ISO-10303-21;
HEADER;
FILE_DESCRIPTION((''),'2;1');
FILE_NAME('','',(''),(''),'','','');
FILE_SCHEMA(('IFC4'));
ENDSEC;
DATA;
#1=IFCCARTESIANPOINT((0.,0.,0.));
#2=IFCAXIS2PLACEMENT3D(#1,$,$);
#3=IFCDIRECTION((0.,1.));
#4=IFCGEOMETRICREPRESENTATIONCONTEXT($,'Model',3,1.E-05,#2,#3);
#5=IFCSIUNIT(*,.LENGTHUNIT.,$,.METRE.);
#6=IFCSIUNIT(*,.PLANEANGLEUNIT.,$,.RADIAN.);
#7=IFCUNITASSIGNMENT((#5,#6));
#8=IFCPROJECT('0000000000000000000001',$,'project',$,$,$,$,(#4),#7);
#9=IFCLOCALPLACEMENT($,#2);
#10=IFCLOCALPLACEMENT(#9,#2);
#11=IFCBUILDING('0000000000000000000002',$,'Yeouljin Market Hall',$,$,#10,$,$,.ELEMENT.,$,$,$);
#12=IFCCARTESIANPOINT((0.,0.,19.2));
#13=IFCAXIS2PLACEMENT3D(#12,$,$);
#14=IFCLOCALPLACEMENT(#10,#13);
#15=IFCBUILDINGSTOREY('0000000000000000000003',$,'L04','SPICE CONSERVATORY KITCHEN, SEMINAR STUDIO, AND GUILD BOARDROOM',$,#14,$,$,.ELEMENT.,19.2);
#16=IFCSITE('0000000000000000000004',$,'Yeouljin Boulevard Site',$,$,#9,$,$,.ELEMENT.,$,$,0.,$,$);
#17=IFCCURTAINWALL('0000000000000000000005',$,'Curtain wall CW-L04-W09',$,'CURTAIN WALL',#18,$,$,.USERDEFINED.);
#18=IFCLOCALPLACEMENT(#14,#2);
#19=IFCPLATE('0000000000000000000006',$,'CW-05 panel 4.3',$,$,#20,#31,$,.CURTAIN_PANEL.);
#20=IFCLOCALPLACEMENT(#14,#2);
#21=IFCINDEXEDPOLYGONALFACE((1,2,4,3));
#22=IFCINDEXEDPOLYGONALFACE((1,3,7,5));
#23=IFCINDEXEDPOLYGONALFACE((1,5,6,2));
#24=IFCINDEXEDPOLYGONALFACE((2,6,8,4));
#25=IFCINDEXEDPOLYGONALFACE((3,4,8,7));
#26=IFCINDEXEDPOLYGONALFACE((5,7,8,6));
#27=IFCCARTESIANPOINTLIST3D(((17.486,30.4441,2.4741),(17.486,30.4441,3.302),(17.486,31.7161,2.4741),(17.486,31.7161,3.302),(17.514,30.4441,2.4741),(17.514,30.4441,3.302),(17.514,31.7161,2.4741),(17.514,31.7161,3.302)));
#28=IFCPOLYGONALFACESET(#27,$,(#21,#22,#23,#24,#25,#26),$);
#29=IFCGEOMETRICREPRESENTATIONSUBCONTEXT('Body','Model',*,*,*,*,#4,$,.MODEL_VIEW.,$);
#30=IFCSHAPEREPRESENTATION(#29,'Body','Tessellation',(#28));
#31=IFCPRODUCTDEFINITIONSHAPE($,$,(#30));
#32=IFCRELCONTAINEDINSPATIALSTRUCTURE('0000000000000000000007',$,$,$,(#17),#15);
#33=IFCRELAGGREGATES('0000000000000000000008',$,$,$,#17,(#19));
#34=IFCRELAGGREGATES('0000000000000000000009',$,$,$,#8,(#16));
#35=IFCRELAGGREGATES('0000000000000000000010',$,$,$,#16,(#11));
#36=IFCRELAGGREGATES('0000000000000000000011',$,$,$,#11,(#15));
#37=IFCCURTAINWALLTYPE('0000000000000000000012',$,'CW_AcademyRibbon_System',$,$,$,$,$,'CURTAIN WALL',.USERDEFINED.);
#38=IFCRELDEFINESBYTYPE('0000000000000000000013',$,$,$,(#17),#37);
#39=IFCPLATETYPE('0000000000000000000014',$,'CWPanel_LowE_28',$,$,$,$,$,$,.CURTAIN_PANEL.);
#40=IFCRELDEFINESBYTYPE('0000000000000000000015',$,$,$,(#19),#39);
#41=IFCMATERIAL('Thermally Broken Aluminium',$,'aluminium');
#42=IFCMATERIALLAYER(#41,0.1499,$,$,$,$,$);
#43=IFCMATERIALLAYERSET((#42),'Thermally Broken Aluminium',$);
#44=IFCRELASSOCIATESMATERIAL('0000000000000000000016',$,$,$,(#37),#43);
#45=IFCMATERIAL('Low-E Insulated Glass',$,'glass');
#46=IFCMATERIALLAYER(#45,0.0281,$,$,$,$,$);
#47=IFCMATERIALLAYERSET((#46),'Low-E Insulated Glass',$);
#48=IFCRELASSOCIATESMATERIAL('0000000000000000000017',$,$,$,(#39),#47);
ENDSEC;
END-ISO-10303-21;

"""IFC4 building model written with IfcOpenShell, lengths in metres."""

from ifc_helpers import new_model, si_unit, direction, frame, origin, origin_2d, place, context, subcontext, project, spatial, rectangle, extrude, material, layer, layer_set, type_object, element, aggregate, save


model = new_model("IFC4")

# Units and contexts
model_context = context("Model", 3, precision=1e-05, world=origin(), true_north=direction((0.0, 1.0)))
body_context = subcontext(model_context, "Body", "Model", "MODEL_VIEW")
ifc_project = project(units=[si_unit("LENGTHUNIT", "METRE"), si_unit("PLANEANGLEUNIT", "RADIAN")], contexts=[model_context])

# Site, building, storey
site_placement = place(None, origin())
site = spatial("IfcSite", under=ifc_project, at=site_placement, Name="Yeouljin Boulevard Site", CompositionType="ELEMENT", RefElevation=0.0)
building_placement = place(site_placement, origin())
building = spatial("IfcBuilding", under=site, at=building_placement, Name="Yeouljin Market Hall", CompositionType="ELEMENT")
storey_placement = place(building_placement, frame((0.0, 0.0, 19.2)))
storey = spatial("IfcBuildingStorey", under=building, at=storey_placement, Name="L04", Description="SPICE CONSERVATORY KITCHEN, SEMINAR STUDIO, AND GUILD BOARDROOM", CompositionType="ELEMENT", Elevation=19.2)

# Curtain wall, plate
ifc_material_1 = material(Name="Thermally Broken Aluminium", Category="aluminium")
ifc_layer_1 = layer(ifc_material_1, 0.1499)
ifc_layer_set_1 = layer_set([ifc_layer_1], Name="Thermally Broken Aluminium")
curtain_wall_type = type_object("IfcCurtainWallType", Name="CW_AcademyRibbon_System", ElementType="CURTAIN WALL", PredefinedType="USERDEFINED", material=ifc_layer_set_1)
curtain_wall_placement = place(storey_placement, origin())
curtain_wall = element("IfcCurtainWall", 1, at=curtain_wall_placement, inside=storey, type_object=curtain_wall_type, Name="Curtain wall CW-L04-W09", ObjectType="CURTAIN WALL", PredefinedType="USERDEFINED")
ifc_material_2 = material(Name="Low-E Insulated Glass", Category="glass")
ifc_layer_2 = layer(ifc_material_2, 0.0281)
ifc_layer_set_2 = layer_set([ifc_layer_2], Name="Low-E Insulated Glass")
plate_type = type_object("IfcPlateType", Name="CWPanel_LowE_28", PredefinedType="CURTAIN_PANEL", material=ifc_layer_set_2)
plate_1_placement = place(storey_placement, frame((17.5, 31.0801, 2.4741), z_axis=(0.0, 0.0, 1.0), x_axis=(0.0, -1.0, 0.0)))
plate_1 = element("IfcPlate", 2, at=plate_1_placement, type_object=plate_type, Name="CW-05 panel 4.3", PredefinedType="CURTAIN_PANEL", context=body_context, shape_type="SweptSolid", body=[
    extrude(rectangle(XDim=1.272, YDim=0.0281, at=origin_2d()), origin(), (0.0, 0.0, 1.0), 0.8279),
])
aggregate(curtain_wall, [plate_1])

save(model, "model.ifc")
